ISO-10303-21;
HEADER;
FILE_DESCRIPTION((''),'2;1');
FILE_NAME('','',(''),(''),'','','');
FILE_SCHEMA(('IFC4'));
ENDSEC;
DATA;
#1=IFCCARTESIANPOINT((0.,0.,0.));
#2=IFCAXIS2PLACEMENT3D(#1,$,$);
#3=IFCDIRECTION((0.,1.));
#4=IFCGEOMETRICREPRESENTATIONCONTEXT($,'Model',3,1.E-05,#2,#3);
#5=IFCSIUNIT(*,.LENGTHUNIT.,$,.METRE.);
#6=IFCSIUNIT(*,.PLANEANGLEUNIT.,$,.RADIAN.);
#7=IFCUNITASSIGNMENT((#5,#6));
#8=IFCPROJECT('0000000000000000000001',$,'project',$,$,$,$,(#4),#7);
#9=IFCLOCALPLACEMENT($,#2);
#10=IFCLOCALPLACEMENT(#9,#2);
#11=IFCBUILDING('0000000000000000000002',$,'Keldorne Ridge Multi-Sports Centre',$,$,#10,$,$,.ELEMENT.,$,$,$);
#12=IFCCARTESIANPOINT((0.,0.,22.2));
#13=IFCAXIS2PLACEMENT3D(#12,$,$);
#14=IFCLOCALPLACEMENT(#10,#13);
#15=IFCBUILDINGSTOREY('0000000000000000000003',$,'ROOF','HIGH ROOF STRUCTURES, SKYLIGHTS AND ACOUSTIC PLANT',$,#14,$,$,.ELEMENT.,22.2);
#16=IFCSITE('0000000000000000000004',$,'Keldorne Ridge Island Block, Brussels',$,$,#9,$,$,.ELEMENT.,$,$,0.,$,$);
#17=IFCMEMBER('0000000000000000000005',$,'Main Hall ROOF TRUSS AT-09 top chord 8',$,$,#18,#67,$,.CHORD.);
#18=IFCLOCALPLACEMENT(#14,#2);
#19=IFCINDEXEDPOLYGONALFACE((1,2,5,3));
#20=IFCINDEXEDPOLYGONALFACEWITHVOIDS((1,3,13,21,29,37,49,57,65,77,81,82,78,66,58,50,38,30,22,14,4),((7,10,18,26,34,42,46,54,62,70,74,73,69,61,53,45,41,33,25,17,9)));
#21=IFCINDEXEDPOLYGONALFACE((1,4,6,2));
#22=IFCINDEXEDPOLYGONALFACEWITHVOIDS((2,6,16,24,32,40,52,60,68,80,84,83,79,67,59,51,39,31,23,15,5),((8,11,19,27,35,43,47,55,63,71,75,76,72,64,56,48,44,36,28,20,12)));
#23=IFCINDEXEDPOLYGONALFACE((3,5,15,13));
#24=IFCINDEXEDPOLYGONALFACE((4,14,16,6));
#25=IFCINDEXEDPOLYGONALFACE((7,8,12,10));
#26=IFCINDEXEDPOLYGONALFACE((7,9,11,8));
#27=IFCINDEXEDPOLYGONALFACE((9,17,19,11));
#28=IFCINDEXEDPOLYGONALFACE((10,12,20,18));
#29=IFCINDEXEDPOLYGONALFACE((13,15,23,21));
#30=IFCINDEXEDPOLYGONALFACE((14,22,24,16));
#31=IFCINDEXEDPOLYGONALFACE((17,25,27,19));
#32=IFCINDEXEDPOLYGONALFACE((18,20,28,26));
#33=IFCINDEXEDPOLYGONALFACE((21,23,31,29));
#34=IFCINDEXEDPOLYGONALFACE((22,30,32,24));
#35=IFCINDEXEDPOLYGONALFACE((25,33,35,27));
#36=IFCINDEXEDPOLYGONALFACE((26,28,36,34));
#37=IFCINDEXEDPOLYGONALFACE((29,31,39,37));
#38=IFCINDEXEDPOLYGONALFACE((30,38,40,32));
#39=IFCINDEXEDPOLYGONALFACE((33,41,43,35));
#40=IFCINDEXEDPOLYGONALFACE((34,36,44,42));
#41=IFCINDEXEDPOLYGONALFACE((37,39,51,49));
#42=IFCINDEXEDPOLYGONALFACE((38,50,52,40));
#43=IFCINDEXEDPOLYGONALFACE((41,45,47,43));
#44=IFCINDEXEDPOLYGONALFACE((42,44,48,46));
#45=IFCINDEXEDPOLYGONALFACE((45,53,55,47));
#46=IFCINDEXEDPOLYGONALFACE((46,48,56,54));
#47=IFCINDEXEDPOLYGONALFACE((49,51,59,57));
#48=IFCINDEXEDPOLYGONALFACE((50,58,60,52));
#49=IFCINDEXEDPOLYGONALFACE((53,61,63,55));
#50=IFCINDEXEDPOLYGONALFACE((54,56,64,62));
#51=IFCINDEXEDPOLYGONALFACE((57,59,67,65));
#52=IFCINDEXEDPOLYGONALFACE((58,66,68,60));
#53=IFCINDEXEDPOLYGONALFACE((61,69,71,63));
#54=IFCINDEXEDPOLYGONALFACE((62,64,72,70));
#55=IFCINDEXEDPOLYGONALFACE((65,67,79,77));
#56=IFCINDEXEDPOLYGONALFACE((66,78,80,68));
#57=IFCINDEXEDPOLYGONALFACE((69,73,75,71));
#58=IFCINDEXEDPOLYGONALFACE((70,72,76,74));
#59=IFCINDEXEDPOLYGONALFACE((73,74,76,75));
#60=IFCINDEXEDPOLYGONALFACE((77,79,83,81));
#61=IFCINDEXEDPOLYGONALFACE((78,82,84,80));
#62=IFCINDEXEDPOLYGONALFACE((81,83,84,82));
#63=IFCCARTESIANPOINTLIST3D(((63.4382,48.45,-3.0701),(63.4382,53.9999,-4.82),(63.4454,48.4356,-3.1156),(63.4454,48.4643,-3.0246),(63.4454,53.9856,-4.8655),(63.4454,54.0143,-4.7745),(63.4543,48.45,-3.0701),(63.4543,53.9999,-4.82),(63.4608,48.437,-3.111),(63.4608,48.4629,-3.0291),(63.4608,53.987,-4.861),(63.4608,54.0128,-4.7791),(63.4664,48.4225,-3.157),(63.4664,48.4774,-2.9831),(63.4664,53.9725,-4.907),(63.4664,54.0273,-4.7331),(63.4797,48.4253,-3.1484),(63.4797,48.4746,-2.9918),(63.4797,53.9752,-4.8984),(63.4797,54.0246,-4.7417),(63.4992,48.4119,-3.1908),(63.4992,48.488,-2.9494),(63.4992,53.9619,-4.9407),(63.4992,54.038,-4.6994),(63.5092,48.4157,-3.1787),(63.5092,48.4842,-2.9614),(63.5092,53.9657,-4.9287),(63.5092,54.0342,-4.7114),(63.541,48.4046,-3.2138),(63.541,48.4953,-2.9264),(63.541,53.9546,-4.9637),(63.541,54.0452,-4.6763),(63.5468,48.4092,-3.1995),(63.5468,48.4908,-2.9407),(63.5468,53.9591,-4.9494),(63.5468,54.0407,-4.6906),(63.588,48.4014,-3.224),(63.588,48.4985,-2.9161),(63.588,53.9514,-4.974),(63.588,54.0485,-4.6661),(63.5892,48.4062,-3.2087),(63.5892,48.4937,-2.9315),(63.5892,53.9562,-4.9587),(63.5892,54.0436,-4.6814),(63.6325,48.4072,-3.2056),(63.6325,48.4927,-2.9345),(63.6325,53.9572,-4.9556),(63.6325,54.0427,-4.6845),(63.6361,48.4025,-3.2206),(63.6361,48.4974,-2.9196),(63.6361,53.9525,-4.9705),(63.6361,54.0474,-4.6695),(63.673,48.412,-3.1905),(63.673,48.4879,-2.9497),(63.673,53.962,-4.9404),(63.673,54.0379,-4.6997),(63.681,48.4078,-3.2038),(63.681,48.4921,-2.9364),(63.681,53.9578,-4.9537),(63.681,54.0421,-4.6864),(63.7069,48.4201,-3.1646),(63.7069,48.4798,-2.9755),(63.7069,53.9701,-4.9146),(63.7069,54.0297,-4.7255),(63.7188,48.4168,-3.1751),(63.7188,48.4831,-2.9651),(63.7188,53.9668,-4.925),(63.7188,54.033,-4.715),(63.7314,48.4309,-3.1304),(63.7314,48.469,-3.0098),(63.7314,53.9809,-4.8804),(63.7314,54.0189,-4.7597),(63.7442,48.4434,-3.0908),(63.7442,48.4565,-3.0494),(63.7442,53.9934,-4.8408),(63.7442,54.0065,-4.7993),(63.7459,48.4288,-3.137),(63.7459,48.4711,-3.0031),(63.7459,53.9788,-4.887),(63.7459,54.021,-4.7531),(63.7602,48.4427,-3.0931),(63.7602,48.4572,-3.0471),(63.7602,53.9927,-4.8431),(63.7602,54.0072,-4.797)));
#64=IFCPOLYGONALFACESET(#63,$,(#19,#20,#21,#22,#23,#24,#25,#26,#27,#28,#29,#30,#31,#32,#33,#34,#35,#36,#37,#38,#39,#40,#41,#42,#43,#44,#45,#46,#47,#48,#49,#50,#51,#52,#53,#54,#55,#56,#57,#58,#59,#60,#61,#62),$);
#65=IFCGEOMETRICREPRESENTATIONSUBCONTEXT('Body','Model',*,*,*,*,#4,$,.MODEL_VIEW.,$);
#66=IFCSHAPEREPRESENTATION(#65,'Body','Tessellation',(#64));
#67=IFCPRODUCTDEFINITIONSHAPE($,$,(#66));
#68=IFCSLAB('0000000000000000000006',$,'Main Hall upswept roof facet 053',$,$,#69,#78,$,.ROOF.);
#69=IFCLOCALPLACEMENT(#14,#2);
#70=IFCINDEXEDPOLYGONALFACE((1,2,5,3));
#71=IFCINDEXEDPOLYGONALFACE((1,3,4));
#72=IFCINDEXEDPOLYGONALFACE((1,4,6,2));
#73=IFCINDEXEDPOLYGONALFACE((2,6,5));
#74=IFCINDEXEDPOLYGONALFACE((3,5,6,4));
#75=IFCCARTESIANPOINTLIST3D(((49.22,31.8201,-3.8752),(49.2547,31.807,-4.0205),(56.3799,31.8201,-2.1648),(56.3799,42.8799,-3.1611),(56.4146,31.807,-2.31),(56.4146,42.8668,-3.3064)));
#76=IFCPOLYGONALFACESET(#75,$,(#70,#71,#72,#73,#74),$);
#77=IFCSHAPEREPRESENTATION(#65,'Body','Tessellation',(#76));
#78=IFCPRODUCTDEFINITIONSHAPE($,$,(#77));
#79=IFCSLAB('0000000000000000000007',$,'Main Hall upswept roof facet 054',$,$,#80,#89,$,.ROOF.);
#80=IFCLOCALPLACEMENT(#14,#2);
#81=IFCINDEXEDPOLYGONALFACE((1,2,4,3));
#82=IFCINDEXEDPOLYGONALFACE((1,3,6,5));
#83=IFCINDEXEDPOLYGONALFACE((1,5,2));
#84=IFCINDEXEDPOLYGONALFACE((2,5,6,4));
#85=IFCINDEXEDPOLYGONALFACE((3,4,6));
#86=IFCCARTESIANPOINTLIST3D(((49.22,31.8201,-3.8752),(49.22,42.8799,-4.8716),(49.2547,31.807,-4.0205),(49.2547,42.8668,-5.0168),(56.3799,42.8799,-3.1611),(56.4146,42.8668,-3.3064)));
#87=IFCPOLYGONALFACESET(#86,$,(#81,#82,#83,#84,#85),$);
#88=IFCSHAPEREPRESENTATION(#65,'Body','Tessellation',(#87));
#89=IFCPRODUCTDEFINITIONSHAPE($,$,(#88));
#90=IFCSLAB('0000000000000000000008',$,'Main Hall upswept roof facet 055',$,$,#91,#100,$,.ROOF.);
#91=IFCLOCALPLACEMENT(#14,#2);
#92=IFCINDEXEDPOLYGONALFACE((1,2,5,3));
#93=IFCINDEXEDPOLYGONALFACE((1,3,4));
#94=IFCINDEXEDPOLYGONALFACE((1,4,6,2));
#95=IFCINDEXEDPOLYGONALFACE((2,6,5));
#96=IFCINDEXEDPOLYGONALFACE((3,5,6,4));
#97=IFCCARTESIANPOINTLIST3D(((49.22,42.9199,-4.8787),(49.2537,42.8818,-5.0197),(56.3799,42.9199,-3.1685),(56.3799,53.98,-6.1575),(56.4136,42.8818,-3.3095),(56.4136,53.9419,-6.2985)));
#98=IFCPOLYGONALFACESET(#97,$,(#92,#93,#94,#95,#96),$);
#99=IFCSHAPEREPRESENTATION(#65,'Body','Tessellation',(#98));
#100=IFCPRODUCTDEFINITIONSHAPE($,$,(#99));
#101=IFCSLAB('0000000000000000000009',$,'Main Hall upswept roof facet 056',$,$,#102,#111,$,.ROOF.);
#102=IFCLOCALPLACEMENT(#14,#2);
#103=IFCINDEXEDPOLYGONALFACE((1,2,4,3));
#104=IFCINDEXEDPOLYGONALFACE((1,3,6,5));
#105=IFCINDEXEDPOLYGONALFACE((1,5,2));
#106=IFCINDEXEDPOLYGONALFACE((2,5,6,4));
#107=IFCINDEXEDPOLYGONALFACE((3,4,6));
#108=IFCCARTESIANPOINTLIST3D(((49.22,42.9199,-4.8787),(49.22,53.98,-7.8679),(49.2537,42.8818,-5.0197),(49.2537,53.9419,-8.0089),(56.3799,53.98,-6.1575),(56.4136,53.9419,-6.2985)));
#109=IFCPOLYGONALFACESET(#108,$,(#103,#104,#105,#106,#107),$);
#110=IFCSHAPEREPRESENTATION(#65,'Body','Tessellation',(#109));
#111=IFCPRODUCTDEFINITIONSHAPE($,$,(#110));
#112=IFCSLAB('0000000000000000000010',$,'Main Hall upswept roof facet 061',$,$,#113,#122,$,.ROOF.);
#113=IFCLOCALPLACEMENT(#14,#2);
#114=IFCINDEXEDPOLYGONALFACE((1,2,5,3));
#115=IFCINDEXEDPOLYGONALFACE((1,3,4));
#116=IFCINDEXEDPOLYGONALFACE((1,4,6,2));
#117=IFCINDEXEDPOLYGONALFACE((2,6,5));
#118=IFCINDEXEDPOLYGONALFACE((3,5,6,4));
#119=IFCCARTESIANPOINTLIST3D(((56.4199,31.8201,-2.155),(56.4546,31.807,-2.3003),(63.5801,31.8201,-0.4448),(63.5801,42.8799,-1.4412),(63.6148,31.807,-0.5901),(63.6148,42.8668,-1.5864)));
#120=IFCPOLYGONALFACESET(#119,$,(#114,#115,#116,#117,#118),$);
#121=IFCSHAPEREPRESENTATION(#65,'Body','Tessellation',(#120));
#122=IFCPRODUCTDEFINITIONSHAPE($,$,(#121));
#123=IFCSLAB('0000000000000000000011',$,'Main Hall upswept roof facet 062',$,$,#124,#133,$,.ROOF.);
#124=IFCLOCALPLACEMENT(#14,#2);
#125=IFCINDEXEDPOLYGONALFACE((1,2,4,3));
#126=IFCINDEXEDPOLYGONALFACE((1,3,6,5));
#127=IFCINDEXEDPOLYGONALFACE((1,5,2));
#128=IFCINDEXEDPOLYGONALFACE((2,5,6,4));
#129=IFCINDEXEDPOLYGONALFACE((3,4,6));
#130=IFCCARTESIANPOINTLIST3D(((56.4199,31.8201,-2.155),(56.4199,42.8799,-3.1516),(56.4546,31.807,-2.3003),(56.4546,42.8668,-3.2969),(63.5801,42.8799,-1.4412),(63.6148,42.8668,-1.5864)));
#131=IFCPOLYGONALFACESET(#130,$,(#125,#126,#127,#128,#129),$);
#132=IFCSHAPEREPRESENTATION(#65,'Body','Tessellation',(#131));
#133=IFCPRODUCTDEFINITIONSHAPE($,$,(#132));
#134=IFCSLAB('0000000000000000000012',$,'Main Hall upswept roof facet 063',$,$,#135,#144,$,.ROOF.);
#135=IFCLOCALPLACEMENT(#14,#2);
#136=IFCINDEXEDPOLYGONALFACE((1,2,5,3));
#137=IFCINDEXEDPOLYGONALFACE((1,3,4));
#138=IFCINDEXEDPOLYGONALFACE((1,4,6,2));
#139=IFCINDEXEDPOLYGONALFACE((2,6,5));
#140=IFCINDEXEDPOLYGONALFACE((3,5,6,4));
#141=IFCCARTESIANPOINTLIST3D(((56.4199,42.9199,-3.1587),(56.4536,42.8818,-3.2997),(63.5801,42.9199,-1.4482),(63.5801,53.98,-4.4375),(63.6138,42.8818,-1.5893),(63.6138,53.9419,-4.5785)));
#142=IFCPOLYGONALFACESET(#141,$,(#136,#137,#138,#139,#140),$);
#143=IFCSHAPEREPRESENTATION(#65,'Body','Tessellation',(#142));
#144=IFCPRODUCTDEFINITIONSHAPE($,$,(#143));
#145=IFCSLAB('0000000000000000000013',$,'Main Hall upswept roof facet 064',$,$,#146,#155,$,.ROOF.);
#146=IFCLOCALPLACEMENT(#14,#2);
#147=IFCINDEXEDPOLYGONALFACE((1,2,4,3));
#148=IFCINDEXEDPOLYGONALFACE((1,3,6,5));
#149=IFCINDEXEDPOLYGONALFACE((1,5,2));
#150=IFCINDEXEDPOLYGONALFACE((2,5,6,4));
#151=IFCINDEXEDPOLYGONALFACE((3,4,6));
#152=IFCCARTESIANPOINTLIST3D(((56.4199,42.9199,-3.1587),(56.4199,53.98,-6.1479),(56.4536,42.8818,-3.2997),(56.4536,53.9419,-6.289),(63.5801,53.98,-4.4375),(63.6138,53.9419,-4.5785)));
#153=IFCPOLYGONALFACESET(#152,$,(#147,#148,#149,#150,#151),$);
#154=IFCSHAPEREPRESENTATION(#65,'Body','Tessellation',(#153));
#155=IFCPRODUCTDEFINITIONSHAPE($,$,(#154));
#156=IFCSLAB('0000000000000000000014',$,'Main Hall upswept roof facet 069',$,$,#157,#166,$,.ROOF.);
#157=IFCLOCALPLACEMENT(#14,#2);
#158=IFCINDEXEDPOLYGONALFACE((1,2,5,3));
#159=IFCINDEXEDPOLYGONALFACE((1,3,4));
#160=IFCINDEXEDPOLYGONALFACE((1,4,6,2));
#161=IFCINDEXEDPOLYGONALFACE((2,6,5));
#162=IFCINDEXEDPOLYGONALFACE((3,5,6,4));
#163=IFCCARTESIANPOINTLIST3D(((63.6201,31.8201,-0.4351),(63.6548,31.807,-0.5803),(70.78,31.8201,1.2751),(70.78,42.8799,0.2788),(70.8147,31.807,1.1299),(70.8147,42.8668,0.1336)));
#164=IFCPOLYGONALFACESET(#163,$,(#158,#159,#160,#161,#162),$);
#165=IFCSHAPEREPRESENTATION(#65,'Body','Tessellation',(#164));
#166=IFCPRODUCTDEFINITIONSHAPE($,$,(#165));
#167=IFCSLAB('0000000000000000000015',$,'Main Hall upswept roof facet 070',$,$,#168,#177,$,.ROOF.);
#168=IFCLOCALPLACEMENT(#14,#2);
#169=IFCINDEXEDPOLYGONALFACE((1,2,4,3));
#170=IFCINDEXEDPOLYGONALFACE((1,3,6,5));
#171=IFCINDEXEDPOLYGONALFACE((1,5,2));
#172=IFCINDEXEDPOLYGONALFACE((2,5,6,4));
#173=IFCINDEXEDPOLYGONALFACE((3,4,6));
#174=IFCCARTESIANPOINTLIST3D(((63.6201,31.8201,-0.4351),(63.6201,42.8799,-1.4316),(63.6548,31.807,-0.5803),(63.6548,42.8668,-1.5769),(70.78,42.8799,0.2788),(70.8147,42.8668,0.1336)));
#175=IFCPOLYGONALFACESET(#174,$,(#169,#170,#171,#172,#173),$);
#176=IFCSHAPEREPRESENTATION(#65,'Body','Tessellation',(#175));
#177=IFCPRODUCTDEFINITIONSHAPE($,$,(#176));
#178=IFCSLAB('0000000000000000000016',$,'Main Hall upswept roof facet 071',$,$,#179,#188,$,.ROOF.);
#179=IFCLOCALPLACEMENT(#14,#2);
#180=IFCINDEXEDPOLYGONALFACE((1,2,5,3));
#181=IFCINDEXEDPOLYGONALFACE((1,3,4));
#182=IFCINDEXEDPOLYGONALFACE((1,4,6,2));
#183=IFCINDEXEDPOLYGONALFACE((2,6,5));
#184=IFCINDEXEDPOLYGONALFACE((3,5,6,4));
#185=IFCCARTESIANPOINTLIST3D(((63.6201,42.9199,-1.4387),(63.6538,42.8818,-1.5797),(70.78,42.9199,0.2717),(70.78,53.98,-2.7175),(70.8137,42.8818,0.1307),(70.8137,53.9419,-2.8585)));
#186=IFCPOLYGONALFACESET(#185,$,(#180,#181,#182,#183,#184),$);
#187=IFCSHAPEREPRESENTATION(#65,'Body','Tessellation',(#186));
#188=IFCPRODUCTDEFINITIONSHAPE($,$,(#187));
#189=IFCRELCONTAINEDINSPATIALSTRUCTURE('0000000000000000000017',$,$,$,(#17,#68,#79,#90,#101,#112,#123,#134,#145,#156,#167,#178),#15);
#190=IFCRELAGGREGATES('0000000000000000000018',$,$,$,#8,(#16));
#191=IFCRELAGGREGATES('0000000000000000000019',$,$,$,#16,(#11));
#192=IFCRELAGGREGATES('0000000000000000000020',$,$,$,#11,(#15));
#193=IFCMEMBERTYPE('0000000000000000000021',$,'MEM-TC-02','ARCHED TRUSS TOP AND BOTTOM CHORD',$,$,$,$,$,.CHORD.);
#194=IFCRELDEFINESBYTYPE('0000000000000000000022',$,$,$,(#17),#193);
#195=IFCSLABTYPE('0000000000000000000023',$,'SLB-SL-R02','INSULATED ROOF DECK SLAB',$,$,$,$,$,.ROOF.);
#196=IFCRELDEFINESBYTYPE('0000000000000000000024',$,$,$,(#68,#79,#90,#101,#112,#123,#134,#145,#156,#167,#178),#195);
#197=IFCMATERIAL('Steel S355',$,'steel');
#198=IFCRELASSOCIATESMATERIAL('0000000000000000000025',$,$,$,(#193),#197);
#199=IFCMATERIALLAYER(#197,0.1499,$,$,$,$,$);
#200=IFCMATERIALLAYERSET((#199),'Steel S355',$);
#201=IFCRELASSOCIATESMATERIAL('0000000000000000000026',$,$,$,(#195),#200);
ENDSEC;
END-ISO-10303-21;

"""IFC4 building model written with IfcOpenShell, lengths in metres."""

from ifc_helpers import new_model, si_unit, direction, frame, origin, origin_2d, place, context, subcontext, project, spatial, polyline, hollow_circle, outline, extrude, material, layer, layer_set, material_profile, profile_set, type_object, element, save


model = new_model("IFC4")

# Units and contexts
model_context = context("Model", 3, precision=1e-05, world=origin(), true_north=direction((0.0, 1.0)))
body_context = subcontext(model_context, "Body", "Model", "MODEL_VIEW")
ifc_project = project(units=[si_unit("LENGTHUNIT", "METRE"), si_unit("PLANEANGLEUNIT", "RADIAN")], contexts=[model_context])

# Site, building, storey
site_placement = place(None, origin())
site = spatial("IfcSite", under=ifc_project, at=site_placement, Name="Keldorne Ridge Island Block, Brussels", CompositionType="ELEMENT", RefElevation=0.0)
building_placement = place(site_placement, origin())
building = spatial("IfcBuilding", under=site, at=building_placement, Name="Keldorne Ridge Multi-Sports Centre", CompositionType="ELEMENT")
storey_placement = place(building_placement, frame((0.0, 0.0, 22.2)))
storey = spatial("IfcBuildingStorey", under=building, at=storey_placement, Name="ROOF", Description="HIGH ROOF STRUCTURES, SKYLIGHTS AND ACOUSTIC PLANT", CompositionType="ELEMENT", Elevation=22.2)

# Member
ifc_material = material(Name="Steel S355", Category="steel")
ifc_material_profile_1 = material_profile(ifc_material, hollow_circle(Radius=0.1619, WallThickness=0.0161, at=origin_2d()), Name="CHS 323.9x16")
ifc_profile_set_1 = profile_set([ifc_material_profile_1], Name="Steel S355")
member_type_1 = type_object("IfcMemberType", Name="MEM-TC-02", Description="ARCHED TRUSS TOP AND BOTTOM CHORD", PredefinedType="CHORD", material=ifc_profile_set_1)
member_1_placement = place(storey_placement, frame((63.6001, 48.45, -3.0701), z_axis=(0.0, 0.953713, -0.300718), x_axis=(-1.0, 0.0, 0.0)))
element("IfcMember", 1, at=member_1_placement, inside=storey, type_object=member_type_1, Name="Main Hall ROOF TRUSS AT-09 top chord 8", PredefinedType="CHORD", context=body_context, shape_type="SweptSolid", body=[
    extrude(hollow_circle(Radius=0.1619, WallThickness=0.0161, at=origin_2d()), origin(), (0.0, 0.0, 1.0), 5.8193),
])

# Slabs
ifc_layer_1 = layer(ifc_material, 0.1499)
ifc_layer_set_1 = layer_set([ifc_layer_1], Name="Steel S355")
slab_type_1 = type_object("IfcSlabType", Name="SLB-SL-R02", Description="INSULATED ROOF DECK SLAB", PredefinedType="ROOF", material=ifc_layer_set_1)
slab_1_placement = place(storey_placement, frame((49.22, 31.8201, -3.8752), z_axis=(-0.231467, 0.087286, 0.968919), x_axis=(0.972631, 0.0, 0.232354)))
element("IfcSlab", 2, at=slab_1_placement, inside=storey, type_object=slab_type_1, Name="Main Hall upswept roof facet 053", PredefinedType="ROOF", context=body_context, shape_type="SweptSolid", body=[
    extrude(outline(polyline([(0.0, 0.0), (7.3614, 0.0), (7.1299, 11.1022), (0.0, 0.0)])), origin(), (0.0, 0.0, -1.0), 0.1499),
])
slab_2_placement = place(storey_placement, frame((49.22, 31.8201, -3.8752), z_axis=(-0.231467, 0.087286, 0.968919), x_axis=(0.542645, 0.838216, 0.054122)))
element("IfcSlab", 3, at=slab_2_placement, inside=storey, type_object=slab_type_1, Name="Main Hall upswept roof facet 054", PredefinedType="ROOF", context=body_context, shape_type="SweptSolid", body=[
    extrude(outline(polyline([(0.0, 0.0), (13.1945, 0.0), (9.2166, 6.1941), (0.0, 0.0)])), origin(), (0.0, 0.0, -1.0), 0.1499),
])
slab_3_placement = place(storey_placement, frame((49.22, 42.9199, -4.8787), z_axis=(-0.22469, 0.254222, 0.940683), x_axis=(0.972639, 0.0, 0.232323)))
element("IfcSlab", 4, at=slab_3_placement, inside=storey, type_object=slab_type_1, Name="Main Hall upswept roof facet 055", PredefinedType="ROOF", context=body_context, shape_type="SweptSolid", body=[
    extrude(outline(polyline([(0.0, 0.0), (7.3613, 0.0), (6.6669, 11.4358), (0.0, 0.0)])), origin(), (0.0, 0.0, -1.0), 0.1499),
])
slab_4_placement = place(storey_placement, frame((49.22, 42.9199, -4.8787), z_axis=(-0.224719, 0.25424, 0.940672), x_axis=(0.540892, 0.835526, -0.096607)))
element("IfcSlab", 5, at=slab_4_placement, inside=storey, type_object=slab_type_1, Name="Main Hall upswept roof facet 056", PredefinedType="ROOF", context=body_context, shape_type="SweptSolid", body=[
    extrude(outline(polyline([(0.0, 0.0), (13.2372, 0.0), (9.5297, 6.3596), (0.0, 0.0)])), origin(), (0.0, 0.0, -1.0), 0.1499),
])
slab_5_placement = place(storey_placement, frame((56.4199, 31.8201, -2.155), z_axis=(-0.231429, 0.087287, 0.968928), x_axis=(0.972641, 0.0, 0.232315)))
element("IfcSlab", 6, at=slab_5_placement, inside=storey, type_object=slab_type_1, Name="Main Hall upswept roof facet 061", PredefinedType="ROOF", context=body_context, shape_type="SweptSolid", body=[
    extrude(outline(polyline([(0.0, 0.0), (7.3616, 0.0), (7.1301, 11.1022), (0.0, 0.0)])), origin(), (0.0, 0.0, -1.0), 0.1499),
])
slab_6_placement = place(storey_placement, frame((56.4199, 31.8201, -2.155), z_axis=(-0.23146, 0.087308, 0.968919), x_axis=(0.542659, 0.838209, 0.054103)))
element("IfcSlab", 7, at=slab_6_placement, inside=storey, type_object=slab_type_1, Name="Main Hall upswept roof facet 062", PredefinedType="ROOF", context=body_context, shape_type="SweptSolid", body=[
    extrude(outline(polyline([(0.0, 0.0), (13.1946, 0.0), (9.2165, 6.1942), (0.0, 0.0)])), origin(), (0.0, 0.0, -1.0), 0.1499),
])
slab_7_placement = place(storey_placement, frame((56.4199, 42.9199, -3.1587), z_axis=(-0.224712, 0.254241, 0.940673), x_axis=(0.972633, 0.0, 0.232347)))
element("IfcSlab", 8, at=slab_7_placement, inside=storey, type_object=slab_type_1, Name="Main Hall upswept roof facet 063", PredefinedType="ROOF", context=body_context, shape_type="SweptSolid", body=[
    extrude(outline(polyline([(0.0, 0.0), (7.3616, 0.0), (6.6671, 11.4358), (0.0, 0.0)])), origin(), (0.0, 0.0, -1.0), 0.1499),
])
slab_8_placement = place(storey_placement, frame((56.4199, 42.9199, -3.1587), z_axis=(-0.224712, 0.254241, 0.940673), x_axis=(0.540905, 0.835518, -0.096606)))
element("IfcSlab", 9, at=slab_8_placement, inside=storey, type_object=slab_type_1, Name="Main Hall upswept roof facet 064", PredefinedType="ROOF", context=body_context, shape_type="SweptSolid", body=[
    extrude(outline(polyline([(0.0, 0.0), (13.2374, 0.0), (9.5297, 6.3597), (0.0, 0.0)])), origin(), (0.0, 0.0, -1.0), 0.1499),
])
slab_9_placement = place(storey_placement, frame((63.6201, 31.8201, -0.4351), z_axis=(-0.231436, 0.087287, 0.968926), x_axis=(0.972639, 0.0, 0.232323)))
element("IfcSlab", 10, at=slab_9_placement, inside=storey, type_object=slab_type_1, Name="Main Hall upswept roof facet 069", PredefinedType="ROOF", context=body_context, shape_type="SweptSolid", body=[
    extrude(outline(polyline([(0.0, 0.0), (7.3613, 0.0), (7.1299, 11.1022), (0.0, 0.0)])), origin(), (0.0, 0.0, -1.0), 0.1499),
])
slab_10_placement = place(storey_placement, frame((63.6201, 31.8201, -0.4351), z_axis=(-0.231467, 0.087308, 0.968917), x_axis=(0.542646, 0.838217, 0.054104)))
element("IfcSlab", 11, at=slab_10_placement, inside=storey, type_object=slab_type_1, Name="Main Hall upswept roof facet 070", PredefinedType="ROOF", context=body_context, shape_type="SweptSolid", body=[
    extrude(outline(polyline([(0.0, 0.0), (13.1944, 0.0), (9.2166, 6.1941), (0.0, 0.0)])), origin(), (0.0, 0.0, -1.0), 0.1499),
])
slab_11_placement = place(storey_placement, frame((63.6201, 42.9199, -1.4387), z_axis=(-0.224719, 0.25424, 0.940672), x_axis=(0.972631, 0.0, 0.232354)))
element("IfcSlab", 12, at=slab_11_placement, inside=storey, type_object=slab_type_1, Name="Main Hall upswept roof facet 071", PredefinedType="ROOF", context=body_context, shape_type="SweptSolid", body=[
    extrude(outline(polyline([(0.0, 0.0), (7.3614, 0.0), (6.6668, 11.4358), (0.0, 0.0)])), origin(), (0.0, 0.0, -1.0), 0.1499),
])

save(model, "model.ifc")
